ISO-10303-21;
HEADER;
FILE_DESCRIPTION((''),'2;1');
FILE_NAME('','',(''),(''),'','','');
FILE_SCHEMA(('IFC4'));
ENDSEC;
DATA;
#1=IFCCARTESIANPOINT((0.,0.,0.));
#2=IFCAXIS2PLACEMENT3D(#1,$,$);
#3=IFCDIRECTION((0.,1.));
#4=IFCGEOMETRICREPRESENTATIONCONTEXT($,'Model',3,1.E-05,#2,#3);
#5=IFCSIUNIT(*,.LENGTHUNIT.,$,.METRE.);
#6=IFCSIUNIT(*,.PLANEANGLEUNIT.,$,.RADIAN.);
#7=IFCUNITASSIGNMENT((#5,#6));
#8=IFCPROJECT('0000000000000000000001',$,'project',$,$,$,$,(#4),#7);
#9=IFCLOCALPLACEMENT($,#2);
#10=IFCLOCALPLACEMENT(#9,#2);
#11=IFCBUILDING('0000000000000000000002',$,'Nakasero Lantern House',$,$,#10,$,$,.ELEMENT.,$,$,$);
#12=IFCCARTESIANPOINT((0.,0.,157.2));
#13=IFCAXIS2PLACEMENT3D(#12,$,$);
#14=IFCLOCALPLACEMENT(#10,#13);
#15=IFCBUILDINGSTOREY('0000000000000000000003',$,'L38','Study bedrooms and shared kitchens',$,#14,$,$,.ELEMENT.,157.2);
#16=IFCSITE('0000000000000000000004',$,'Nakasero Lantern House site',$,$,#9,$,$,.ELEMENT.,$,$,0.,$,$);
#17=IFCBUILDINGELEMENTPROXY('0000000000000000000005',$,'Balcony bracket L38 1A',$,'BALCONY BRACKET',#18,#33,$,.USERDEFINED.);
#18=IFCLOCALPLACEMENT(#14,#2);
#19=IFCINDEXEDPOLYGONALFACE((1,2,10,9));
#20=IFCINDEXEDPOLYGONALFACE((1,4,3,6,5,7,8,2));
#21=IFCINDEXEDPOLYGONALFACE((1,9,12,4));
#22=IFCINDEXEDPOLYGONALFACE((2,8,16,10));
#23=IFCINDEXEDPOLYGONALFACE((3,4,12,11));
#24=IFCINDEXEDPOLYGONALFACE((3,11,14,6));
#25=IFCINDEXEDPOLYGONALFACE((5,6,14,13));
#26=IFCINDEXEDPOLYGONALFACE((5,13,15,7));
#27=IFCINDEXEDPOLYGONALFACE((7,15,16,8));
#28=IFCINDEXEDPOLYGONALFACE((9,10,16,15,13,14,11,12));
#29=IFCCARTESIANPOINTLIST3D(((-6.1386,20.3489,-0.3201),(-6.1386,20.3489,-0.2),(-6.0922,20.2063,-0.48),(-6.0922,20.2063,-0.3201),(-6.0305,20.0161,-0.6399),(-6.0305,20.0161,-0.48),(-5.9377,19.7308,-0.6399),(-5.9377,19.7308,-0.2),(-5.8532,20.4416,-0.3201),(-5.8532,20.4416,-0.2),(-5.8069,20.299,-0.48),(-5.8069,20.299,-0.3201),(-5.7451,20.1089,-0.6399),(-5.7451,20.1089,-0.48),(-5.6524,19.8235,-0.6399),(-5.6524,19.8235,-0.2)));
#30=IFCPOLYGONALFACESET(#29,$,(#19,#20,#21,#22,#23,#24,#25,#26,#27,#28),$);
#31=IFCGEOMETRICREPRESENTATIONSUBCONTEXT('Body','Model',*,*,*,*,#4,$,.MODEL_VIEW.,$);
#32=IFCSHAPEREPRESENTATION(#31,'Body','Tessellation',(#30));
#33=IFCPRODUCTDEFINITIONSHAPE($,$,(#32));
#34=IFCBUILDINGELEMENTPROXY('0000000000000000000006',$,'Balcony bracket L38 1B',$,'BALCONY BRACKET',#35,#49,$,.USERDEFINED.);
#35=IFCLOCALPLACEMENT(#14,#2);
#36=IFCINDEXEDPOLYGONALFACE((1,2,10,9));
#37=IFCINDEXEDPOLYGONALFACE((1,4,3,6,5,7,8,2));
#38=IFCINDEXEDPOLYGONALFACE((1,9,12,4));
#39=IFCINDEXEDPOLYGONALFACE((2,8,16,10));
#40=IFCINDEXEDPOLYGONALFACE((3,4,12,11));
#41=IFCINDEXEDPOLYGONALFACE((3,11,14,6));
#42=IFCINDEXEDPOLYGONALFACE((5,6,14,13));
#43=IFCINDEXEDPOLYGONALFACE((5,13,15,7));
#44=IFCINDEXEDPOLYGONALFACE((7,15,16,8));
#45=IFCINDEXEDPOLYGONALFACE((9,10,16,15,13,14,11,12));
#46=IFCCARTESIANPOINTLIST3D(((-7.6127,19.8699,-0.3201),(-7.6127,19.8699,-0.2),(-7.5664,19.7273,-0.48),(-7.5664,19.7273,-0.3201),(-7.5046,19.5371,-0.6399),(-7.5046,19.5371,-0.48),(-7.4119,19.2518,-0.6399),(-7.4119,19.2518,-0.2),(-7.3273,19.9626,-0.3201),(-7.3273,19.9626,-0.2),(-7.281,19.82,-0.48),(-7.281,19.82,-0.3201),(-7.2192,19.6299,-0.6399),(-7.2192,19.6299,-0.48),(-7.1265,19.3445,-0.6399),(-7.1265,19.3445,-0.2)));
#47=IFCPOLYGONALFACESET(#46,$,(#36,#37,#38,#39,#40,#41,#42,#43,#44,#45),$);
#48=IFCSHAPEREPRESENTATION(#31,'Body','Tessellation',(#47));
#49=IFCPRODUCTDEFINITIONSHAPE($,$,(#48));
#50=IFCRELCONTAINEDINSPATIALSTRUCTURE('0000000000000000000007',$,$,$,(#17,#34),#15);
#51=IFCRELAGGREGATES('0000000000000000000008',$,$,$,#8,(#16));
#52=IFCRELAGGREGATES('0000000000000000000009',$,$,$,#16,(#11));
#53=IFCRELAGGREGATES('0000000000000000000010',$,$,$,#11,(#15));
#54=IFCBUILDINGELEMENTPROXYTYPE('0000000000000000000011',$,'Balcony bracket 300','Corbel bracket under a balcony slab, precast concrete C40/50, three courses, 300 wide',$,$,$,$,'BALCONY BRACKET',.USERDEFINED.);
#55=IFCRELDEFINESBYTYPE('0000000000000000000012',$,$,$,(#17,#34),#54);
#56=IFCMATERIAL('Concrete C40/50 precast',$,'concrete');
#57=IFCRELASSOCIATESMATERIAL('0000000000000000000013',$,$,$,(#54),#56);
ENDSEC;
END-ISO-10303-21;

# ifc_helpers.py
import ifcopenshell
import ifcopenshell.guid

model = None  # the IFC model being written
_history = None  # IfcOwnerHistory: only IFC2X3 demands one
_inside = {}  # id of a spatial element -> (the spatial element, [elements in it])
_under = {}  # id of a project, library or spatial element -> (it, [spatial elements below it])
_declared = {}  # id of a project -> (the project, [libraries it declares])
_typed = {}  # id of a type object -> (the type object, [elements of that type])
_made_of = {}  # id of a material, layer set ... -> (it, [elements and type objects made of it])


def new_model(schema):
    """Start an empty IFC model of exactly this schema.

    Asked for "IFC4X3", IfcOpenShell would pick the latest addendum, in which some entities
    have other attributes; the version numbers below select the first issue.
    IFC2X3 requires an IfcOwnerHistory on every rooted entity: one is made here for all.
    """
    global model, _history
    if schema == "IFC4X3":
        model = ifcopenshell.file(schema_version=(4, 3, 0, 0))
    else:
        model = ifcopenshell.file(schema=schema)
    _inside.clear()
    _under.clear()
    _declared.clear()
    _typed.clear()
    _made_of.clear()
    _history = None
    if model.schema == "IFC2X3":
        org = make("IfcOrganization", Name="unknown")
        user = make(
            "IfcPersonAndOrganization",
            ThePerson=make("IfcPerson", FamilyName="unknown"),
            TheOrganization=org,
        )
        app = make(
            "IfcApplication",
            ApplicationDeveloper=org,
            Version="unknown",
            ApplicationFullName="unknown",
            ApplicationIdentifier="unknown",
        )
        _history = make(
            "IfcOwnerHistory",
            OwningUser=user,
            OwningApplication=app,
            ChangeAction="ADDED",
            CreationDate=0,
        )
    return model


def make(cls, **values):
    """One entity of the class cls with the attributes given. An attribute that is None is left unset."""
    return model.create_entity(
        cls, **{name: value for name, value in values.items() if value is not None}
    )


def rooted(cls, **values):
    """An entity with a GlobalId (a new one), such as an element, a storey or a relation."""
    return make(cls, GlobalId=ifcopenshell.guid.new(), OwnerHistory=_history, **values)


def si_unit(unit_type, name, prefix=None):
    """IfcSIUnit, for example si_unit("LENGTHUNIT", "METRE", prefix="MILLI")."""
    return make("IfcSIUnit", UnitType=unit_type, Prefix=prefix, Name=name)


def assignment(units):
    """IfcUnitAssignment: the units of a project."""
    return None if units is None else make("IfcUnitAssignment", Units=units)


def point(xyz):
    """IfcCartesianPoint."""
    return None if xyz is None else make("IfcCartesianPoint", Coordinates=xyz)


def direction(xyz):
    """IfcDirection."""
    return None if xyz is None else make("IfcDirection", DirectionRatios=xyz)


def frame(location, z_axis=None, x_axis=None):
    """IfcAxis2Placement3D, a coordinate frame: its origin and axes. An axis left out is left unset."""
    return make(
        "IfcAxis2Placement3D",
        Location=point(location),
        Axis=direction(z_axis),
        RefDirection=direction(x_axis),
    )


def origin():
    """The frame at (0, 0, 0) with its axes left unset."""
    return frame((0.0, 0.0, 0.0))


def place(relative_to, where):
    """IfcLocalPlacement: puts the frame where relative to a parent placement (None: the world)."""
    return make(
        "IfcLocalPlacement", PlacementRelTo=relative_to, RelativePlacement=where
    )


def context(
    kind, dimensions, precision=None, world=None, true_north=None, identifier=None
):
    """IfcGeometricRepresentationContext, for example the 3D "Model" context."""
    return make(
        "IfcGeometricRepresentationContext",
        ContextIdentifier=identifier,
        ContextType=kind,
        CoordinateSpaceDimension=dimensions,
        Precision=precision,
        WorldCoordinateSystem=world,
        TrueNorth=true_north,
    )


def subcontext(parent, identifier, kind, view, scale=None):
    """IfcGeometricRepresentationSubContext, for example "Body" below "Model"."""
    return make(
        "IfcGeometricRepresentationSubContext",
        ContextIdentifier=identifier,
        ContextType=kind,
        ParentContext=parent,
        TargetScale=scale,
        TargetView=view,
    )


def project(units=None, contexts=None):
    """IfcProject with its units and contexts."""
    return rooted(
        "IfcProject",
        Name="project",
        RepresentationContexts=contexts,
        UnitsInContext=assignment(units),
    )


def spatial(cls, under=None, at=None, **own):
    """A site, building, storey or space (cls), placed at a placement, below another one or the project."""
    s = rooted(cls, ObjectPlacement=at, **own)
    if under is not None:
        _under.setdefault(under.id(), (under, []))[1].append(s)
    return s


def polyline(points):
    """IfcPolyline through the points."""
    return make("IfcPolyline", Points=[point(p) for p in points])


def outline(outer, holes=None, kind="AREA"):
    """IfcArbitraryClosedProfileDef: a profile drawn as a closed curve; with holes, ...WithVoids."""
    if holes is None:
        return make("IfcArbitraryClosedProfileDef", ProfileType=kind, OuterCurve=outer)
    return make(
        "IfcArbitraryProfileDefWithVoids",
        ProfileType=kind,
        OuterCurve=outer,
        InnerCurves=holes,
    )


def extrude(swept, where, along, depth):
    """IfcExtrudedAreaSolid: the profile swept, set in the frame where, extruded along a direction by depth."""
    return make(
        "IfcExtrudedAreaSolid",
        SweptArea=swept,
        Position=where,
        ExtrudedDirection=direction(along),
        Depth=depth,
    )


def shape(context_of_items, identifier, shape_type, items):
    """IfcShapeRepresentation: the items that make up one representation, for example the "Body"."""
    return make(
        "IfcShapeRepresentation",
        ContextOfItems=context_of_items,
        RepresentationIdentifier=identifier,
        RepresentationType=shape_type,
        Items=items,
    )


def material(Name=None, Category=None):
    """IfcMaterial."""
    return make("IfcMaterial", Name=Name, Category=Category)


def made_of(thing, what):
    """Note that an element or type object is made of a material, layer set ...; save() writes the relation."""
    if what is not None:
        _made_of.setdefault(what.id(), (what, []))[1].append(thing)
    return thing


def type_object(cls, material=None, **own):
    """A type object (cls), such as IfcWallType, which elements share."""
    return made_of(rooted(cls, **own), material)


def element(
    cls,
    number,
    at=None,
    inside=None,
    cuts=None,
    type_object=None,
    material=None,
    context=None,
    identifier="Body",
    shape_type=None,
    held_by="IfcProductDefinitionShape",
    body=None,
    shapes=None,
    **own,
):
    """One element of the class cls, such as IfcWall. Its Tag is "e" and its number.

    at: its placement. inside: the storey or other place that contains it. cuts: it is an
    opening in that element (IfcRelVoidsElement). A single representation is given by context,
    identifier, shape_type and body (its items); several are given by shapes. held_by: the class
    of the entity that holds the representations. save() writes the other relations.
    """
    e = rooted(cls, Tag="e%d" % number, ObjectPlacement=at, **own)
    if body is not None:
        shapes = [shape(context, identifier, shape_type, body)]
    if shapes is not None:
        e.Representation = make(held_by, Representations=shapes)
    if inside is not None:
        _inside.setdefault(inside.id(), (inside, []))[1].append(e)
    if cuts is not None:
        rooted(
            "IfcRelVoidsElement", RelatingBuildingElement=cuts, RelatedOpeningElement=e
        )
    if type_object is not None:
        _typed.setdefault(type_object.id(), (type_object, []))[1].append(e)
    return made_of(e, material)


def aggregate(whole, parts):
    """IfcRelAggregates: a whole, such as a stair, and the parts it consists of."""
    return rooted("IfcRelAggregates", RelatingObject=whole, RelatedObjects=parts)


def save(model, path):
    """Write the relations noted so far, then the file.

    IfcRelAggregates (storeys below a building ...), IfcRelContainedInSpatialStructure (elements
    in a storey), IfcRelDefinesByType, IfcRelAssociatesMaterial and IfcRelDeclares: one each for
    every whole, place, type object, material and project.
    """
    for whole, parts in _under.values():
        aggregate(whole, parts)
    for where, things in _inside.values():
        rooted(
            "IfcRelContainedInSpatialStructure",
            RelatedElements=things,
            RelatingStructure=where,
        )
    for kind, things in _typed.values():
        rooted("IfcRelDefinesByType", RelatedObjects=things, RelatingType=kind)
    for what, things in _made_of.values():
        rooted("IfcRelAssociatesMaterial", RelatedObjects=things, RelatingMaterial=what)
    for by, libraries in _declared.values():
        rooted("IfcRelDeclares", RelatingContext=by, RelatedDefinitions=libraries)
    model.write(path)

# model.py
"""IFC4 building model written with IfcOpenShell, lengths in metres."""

from ifc_helpers import new_model, si_unit, direction, frame, origin, place, context, subcontext, project, spatial, polyline, outline, extrude, material, type_object, element, save


model = new_model("IFC4")

# Units and contexts
model_context = context("Model", 3, precision=1e-05, world=origin(), true_north=direction((0.0, 1.0)))
body_context = subcontext(model_context, "Body", "Model", "MODEL_VIEW")
ifc_project = project(units=[si_unit("LENGTHUNIT", "METRE"), si_unit("PLANEANGLEUNIT", "RADIAN")], contexts=[model_context])

# Site, building, storey
site_placement = place(None, origin())
site = spatial("IfcSite", under=ifc_project, at=site_placement, Name="Nakasero Lantern House site", CompositionType="ELEMENT", RefElevation=0.0)
building_placement = place(site_placement, origin())
building = spatial("IfcBuilding", under=site, at=building_placement, Name="Nakasero Lantern House", CompositionType="ELEMENT")
storey_placement = place(building_placement, frame((0.0, 0.0, 157.2)))
storey = spatial("IfcBuildingStorey", under=building, at=storey_placement, Name="L38", Description="Study bedrooms and shared kitchens", CompositionType="ELEMENT", Elevation=157.2)

# Building element proxies
ifc_material_1 = material(Name="Concrete C40/50 precast", Category="concrete")
building_element_proxy_type = type_object("IfcBuildingElementProxyType", Name="Balcony bracket 300", Description="Corbel bracket under a balcony slab, precast concrete C40/50, three courses, 300 wide", ElementType="BALCONY BRACKET", PredefinedType="USERDEFINED", material=ifc_material_1)
for number, where, z_axis, x_axis, name in (
    (1, (-5.7952, 19.7771, -0.2), (0.0, 0.0, 1.0), (-0.309017, 0.951057, 0.0), "Balcony bracket L38 1A"),
    (2, (-7.2693, 19.2981, -0.2), (0.0, 0.0, 1.0), (-0.309017, 0.951057, 0.0), "Balcony bracket L38 1B"),
):
    element("IfcBuildingElementProxy", number, at=place(storey_placement, frame(where, z_axis=z_axis, x_axis=x_axis)), inside=storey, type_object=building_element_proxy_type, Name=name, ObjectType="BALCONY BRACKET", PredefinedType="USERDEFINED", context=body_context, shape_type="SweptSolid", body=[
        extrude(outline(polyline([(0.0, 0.0), (0.6499, 0.0), (0.6499, -0.1201), (0.5, -0.1201), (0.5, -0.28), (0.3, -0.28), (0.3, -0.4399), (0.0, -0.4399), (0.0, 0.0)])), frame((0.0, 0.1499, 0.0), z_axis=(0.0, -1.0, 0.0), x_axis=(1.0, 0.0, 0.0)), (0.0, 0.0, 1.0), 0.3),
    ])

save(model, "model.ifc")
